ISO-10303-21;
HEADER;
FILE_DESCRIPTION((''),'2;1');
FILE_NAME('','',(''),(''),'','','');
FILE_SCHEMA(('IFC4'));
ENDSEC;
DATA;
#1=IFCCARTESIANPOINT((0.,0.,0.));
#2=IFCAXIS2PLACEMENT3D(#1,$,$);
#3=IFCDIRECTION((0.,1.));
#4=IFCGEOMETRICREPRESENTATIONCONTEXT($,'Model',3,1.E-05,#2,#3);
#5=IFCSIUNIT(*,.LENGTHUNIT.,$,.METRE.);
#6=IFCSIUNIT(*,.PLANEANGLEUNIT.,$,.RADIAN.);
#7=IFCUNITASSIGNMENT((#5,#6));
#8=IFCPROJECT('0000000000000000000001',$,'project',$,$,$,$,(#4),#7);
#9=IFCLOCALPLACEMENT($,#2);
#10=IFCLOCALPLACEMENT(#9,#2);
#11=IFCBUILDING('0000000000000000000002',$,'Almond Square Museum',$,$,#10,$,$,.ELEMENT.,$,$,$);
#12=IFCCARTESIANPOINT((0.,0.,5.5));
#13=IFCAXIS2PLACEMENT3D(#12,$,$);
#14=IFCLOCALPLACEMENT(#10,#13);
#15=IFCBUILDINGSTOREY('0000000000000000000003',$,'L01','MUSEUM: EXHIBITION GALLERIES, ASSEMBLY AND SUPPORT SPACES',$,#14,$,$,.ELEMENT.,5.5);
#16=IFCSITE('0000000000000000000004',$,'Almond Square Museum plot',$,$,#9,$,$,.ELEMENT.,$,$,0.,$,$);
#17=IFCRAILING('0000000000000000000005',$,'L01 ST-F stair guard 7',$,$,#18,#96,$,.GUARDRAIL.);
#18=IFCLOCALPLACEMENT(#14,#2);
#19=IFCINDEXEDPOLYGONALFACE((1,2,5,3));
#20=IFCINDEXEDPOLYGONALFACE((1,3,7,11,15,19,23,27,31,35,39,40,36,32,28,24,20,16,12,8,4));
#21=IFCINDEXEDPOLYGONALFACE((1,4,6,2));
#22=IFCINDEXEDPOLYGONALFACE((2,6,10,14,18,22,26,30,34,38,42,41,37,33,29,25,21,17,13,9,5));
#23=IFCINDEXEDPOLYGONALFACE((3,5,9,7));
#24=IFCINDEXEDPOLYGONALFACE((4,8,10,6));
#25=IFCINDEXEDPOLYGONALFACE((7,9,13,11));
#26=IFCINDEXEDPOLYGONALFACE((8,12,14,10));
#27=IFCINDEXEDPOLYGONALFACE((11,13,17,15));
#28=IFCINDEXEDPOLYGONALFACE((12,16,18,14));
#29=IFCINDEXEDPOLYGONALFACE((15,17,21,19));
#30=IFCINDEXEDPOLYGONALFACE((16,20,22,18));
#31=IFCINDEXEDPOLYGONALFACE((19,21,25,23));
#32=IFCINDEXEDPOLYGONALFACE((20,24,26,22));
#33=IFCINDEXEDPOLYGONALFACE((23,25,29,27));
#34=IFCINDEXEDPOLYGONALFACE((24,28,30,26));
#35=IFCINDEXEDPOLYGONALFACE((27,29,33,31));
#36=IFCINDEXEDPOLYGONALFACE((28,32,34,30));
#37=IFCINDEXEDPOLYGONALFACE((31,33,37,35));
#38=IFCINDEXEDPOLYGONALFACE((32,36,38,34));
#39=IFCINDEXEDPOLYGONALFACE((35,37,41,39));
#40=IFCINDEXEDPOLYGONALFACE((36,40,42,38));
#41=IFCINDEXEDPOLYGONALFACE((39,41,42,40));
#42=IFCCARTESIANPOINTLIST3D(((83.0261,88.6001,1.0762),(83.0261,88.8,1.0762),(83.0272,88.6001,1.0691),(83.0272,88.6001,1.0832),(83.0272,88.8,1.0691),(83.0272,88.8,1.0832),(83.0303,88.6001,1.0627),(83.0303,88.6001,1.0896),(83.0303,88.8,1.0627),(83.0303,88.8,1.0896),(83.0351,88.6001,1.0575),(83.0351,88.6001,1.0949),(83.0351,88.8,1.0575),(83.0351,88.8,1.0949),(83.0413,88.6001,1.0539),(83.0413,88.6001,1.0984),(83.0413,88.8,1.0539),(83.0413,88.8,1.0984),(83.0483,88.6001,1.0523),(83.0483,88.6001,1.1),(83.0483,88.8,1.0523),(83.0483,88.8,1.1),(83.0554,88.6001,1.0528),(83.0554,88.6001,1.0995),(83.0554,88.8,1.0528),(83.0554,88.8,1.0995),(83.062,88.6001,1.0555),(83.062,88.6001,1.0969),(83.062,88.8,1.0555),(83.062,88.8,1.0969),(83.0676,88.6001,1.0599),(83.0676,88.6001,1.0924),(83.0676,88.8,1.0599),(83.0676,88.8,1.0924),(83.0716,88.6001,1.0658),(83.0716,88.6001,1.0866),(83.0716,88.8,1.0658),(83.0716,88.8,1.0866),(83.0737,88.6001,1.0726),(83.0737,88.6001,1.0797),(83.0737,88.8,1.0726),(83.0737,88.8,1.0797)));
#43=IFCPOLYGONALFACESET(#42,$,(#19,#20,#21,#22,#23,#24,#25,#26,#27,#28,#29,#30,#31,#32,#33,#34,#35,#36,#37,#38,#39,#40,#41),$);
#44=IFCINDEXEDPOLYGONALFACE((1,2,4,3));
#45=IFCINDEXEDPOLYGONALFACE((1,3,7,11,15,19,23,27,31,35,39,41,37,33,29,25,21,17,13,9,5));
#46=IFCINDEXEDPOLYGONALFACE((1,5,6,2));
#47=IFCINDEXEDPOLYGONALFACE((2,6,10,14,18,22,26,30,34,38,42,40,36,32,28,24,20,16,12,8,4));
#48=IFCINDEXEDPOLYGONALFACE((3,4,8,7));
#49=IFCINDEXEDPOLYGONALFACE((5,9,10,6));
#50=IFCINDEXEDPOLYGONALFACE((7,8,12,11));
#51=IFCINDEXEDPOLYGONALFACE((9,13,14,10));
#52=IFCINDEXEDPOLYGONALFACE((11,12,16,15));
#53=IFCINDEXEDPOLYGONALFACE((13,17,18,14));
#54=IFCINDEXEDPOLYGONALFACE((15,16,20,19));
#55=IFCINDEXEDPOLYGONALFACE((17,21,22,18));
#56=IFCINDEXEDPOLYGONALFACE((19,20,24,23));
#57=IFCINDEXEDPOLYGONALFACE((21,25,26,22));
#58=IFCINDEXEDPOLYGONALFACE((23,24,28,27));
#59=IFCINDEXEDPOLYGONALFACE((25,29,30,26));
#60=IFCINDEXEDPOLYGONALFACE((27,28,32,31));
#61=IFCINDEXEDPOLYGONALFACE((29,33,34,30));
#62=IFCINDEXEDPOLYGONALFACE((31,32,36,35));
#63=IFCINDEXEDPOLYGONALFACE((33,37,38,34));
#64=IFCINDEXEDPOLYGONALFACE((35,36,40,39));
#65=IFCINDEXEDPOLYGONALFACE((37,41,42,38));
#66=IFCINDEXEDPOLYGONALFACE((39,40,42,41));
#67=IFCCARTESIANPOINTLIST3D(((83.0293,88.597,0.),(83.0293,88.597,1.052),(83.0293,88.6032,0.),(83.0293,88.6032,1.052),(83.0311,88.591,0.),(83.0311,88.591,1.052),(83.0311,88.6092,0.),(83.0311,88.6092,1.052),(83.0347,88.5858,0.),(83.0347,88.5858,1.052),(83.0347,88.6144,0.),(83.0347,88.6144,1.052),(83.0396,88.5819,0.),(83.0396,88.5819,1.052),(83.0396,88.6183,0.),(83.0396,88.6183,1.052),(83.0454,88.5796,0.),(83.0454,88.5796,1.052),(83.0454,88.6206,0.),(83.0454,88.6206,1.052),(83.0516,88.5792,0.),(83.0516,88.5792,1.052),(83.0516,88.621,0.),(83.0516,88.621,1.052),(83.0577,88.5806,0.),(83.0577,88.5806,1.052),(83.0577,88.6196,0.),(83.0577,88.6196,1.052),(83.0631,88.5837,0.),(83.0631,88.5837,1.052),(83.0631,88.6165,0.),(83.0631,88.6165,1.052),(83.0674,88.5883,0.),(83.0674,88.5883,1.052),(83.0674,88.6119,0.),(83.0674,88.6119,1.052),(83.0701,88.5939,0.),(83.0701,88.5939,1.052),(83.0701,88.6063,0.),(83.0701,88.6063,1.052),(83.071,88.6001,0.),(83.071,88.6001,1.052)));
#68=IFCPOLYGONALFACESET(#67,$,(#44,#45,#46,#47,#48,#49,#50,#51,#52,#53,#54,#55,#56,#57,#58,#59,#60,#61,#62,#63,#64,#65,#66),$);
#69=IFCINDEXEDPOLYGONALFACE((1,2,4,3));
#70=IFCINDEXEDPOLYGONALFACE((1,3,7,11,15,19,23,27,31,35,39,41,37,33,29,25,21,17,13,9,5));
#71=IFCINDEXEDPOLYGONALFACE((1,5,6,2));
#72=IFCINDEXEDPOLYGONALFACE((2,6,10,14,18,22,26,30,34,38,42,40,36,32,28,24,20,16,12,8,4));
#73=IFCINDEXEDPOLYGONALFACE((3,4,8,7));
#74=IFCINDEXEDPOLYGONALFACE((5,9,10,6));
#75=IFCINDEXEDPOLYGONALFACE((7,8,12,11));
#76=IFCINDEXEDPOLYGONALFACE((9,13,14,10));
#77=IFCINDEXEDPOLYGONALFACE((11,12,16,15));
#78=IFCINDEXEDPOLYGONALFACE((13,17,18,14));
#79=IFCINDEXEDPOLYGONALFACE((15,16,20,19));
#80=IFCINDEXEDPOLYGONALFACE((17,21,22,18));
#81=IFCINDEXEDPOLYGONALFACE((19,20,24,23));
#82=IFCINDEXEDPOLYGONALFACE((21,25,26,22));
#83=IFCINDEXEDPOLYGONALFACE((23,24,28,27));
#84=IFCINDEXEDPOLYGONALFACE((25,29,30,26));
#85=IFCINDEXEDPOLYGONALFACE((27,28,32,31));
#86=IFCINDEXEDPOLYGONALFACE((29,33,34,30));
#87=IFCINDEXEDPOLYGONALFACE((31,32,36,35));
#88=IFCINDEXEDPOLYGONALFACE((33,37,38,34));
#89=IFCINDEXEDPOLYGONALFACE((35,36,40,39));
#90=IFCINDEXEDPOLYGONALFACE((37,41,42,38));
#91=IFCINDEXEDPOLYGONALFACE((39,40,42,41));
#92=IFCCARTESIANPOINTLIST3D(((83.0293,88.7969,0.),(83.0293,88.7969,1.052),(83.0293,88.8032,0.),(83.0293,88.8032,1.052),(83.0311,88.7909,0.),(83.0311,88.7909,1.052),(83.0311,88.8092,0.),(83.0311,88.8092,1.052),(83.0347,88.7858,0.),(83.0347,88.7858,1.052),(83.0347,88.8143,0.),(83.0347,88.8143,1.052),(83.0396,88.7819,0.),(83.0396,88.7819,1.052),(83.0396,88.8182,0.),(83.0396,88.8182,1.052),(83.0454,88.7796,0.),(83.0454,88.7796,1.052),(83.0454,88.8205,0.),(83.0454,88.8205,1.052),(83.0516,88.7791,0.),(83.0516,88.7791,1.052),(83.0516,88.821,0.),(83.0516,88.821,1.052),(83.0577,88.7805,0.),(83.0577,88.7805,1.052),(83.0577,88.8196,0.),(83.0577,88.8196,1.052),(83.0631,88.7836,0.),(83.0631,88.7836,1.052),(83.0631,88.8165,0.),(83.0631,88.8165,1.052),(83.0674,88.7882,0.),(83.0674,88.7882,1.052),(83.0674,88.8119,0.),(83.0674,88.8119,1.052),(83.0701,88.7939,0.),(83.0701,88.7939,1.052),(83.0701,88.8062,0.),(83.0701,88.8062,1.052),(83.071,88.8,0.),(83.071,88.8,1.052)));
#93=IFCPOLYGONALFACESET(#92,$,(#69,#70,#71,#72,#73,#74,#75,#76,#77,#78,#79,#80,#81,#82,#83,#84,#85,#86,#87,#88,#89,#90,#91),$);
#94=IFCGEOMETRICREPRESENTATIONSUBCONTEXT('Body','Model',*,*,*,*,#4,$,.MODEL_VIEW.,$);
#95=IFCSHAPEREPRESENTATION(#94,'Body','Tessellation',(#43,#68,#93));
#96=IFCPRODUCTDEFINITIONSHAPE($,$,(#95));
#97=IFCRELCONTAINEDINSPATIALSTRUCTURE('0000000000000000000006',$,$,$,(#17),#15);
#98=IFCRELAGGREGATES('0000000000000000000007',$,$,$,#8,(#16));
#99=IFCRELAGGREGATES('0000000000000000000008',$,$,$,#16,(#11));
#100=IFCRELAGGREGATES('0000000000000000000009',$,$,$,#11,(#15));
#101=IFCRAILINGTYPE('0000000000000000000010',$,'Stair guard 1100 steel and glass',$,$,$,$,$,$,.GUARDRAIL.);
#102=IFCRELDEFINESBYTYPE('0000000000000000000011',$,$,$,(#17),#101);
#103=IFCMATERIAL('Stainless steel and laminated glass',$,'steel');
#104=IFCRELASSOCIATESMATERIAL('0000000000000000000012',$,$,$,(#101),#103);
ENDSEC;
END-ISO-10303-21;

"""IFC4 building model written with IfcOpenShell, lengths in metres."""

from ifc_helpers import new_model, si_unit, direction, frame, origin, origin_2d, place, context, subcontext, project, spatial, circle, extrude, material, type_object, element, save


model = new_model("IFC4")

# Units and contexts
model_context = context("Model", 3, precision=1e-05, world=origin(), true_north=direction((0.0, 1.0)))
body_context = subcontext(model_context, "Body", "Model", "MODEL_VIEW")
ifc_project = project(units=[si_unit("LENGTHUNIT", "METRE"), si_unit("PLANEANGLEUNIT", "RADIAN")], contexts=[model_context])

# Site, building, storey
site_placement = place(None, origin())
site = spatial("IfcSite", under=ifc_project, at=site_placement, Name="Almond Square Museum plot", CompositionType="ELEMENT", RefElevation=0.0)
building_placement = place(site_placement, origin())
building = spatial("IfcBuilding", under=site, at=building_placement, Name="Almond Square Museum", CompositionType="ELEMENT")
storey_placement = place(building_placement, frame((0.0, 0.0, 5.5)))
storey = spatial("IfcBuildingStorey", under=building, at=storey_placement, Name="L01", Description="MUSEUM: EXHIBITION GALLERIES, ASSEMBLY AND SUPPORT SPACES", CompositionType="ELEMENT", Elevation=5.5)

# Railing
ifc_material_1 = material(Name="Stainless steel and laminated glass", Category="steel")
railing_type_1 = type_object("IfcRailingType", Name="Stair guard 1100 steel and glass", PredefinedType="GUARDRAIL", material=ifc_material_1)
railing_1_placement = place(storey_placement, frame((83.05, 88.6001, 0.0)))
element("IfcRailing", 1, at=railing_1_placement, inside=storey, type_object=railing_type_1, Name="L01 ST-F stair guard 7", PredefinedType="GUARDRAIL", context=body_context, shape_type="SweptSolid", body=[
    extrude(circle(Radius=0.0239, at=origin_2d()), frame((0.0, 0.0, 1.0762), z_axis=(0.0, 1.0, 0.0), x_axis=(-1.0, 0.0, 0.0)), (0.0, 0.0, 1.0), 0.2),
    extrude(circle(Radius=0.021, at=origin_2d()), origin(), (0.0, 0.0, 1.0), 1.052),
    extrude(circle(Radius=0.021, at=origin_2d()), frame((0.0, 0.2, 0.0)), (0.0, 0.0, 1.0), 1.052),
])

save(model, "model.ifc")
